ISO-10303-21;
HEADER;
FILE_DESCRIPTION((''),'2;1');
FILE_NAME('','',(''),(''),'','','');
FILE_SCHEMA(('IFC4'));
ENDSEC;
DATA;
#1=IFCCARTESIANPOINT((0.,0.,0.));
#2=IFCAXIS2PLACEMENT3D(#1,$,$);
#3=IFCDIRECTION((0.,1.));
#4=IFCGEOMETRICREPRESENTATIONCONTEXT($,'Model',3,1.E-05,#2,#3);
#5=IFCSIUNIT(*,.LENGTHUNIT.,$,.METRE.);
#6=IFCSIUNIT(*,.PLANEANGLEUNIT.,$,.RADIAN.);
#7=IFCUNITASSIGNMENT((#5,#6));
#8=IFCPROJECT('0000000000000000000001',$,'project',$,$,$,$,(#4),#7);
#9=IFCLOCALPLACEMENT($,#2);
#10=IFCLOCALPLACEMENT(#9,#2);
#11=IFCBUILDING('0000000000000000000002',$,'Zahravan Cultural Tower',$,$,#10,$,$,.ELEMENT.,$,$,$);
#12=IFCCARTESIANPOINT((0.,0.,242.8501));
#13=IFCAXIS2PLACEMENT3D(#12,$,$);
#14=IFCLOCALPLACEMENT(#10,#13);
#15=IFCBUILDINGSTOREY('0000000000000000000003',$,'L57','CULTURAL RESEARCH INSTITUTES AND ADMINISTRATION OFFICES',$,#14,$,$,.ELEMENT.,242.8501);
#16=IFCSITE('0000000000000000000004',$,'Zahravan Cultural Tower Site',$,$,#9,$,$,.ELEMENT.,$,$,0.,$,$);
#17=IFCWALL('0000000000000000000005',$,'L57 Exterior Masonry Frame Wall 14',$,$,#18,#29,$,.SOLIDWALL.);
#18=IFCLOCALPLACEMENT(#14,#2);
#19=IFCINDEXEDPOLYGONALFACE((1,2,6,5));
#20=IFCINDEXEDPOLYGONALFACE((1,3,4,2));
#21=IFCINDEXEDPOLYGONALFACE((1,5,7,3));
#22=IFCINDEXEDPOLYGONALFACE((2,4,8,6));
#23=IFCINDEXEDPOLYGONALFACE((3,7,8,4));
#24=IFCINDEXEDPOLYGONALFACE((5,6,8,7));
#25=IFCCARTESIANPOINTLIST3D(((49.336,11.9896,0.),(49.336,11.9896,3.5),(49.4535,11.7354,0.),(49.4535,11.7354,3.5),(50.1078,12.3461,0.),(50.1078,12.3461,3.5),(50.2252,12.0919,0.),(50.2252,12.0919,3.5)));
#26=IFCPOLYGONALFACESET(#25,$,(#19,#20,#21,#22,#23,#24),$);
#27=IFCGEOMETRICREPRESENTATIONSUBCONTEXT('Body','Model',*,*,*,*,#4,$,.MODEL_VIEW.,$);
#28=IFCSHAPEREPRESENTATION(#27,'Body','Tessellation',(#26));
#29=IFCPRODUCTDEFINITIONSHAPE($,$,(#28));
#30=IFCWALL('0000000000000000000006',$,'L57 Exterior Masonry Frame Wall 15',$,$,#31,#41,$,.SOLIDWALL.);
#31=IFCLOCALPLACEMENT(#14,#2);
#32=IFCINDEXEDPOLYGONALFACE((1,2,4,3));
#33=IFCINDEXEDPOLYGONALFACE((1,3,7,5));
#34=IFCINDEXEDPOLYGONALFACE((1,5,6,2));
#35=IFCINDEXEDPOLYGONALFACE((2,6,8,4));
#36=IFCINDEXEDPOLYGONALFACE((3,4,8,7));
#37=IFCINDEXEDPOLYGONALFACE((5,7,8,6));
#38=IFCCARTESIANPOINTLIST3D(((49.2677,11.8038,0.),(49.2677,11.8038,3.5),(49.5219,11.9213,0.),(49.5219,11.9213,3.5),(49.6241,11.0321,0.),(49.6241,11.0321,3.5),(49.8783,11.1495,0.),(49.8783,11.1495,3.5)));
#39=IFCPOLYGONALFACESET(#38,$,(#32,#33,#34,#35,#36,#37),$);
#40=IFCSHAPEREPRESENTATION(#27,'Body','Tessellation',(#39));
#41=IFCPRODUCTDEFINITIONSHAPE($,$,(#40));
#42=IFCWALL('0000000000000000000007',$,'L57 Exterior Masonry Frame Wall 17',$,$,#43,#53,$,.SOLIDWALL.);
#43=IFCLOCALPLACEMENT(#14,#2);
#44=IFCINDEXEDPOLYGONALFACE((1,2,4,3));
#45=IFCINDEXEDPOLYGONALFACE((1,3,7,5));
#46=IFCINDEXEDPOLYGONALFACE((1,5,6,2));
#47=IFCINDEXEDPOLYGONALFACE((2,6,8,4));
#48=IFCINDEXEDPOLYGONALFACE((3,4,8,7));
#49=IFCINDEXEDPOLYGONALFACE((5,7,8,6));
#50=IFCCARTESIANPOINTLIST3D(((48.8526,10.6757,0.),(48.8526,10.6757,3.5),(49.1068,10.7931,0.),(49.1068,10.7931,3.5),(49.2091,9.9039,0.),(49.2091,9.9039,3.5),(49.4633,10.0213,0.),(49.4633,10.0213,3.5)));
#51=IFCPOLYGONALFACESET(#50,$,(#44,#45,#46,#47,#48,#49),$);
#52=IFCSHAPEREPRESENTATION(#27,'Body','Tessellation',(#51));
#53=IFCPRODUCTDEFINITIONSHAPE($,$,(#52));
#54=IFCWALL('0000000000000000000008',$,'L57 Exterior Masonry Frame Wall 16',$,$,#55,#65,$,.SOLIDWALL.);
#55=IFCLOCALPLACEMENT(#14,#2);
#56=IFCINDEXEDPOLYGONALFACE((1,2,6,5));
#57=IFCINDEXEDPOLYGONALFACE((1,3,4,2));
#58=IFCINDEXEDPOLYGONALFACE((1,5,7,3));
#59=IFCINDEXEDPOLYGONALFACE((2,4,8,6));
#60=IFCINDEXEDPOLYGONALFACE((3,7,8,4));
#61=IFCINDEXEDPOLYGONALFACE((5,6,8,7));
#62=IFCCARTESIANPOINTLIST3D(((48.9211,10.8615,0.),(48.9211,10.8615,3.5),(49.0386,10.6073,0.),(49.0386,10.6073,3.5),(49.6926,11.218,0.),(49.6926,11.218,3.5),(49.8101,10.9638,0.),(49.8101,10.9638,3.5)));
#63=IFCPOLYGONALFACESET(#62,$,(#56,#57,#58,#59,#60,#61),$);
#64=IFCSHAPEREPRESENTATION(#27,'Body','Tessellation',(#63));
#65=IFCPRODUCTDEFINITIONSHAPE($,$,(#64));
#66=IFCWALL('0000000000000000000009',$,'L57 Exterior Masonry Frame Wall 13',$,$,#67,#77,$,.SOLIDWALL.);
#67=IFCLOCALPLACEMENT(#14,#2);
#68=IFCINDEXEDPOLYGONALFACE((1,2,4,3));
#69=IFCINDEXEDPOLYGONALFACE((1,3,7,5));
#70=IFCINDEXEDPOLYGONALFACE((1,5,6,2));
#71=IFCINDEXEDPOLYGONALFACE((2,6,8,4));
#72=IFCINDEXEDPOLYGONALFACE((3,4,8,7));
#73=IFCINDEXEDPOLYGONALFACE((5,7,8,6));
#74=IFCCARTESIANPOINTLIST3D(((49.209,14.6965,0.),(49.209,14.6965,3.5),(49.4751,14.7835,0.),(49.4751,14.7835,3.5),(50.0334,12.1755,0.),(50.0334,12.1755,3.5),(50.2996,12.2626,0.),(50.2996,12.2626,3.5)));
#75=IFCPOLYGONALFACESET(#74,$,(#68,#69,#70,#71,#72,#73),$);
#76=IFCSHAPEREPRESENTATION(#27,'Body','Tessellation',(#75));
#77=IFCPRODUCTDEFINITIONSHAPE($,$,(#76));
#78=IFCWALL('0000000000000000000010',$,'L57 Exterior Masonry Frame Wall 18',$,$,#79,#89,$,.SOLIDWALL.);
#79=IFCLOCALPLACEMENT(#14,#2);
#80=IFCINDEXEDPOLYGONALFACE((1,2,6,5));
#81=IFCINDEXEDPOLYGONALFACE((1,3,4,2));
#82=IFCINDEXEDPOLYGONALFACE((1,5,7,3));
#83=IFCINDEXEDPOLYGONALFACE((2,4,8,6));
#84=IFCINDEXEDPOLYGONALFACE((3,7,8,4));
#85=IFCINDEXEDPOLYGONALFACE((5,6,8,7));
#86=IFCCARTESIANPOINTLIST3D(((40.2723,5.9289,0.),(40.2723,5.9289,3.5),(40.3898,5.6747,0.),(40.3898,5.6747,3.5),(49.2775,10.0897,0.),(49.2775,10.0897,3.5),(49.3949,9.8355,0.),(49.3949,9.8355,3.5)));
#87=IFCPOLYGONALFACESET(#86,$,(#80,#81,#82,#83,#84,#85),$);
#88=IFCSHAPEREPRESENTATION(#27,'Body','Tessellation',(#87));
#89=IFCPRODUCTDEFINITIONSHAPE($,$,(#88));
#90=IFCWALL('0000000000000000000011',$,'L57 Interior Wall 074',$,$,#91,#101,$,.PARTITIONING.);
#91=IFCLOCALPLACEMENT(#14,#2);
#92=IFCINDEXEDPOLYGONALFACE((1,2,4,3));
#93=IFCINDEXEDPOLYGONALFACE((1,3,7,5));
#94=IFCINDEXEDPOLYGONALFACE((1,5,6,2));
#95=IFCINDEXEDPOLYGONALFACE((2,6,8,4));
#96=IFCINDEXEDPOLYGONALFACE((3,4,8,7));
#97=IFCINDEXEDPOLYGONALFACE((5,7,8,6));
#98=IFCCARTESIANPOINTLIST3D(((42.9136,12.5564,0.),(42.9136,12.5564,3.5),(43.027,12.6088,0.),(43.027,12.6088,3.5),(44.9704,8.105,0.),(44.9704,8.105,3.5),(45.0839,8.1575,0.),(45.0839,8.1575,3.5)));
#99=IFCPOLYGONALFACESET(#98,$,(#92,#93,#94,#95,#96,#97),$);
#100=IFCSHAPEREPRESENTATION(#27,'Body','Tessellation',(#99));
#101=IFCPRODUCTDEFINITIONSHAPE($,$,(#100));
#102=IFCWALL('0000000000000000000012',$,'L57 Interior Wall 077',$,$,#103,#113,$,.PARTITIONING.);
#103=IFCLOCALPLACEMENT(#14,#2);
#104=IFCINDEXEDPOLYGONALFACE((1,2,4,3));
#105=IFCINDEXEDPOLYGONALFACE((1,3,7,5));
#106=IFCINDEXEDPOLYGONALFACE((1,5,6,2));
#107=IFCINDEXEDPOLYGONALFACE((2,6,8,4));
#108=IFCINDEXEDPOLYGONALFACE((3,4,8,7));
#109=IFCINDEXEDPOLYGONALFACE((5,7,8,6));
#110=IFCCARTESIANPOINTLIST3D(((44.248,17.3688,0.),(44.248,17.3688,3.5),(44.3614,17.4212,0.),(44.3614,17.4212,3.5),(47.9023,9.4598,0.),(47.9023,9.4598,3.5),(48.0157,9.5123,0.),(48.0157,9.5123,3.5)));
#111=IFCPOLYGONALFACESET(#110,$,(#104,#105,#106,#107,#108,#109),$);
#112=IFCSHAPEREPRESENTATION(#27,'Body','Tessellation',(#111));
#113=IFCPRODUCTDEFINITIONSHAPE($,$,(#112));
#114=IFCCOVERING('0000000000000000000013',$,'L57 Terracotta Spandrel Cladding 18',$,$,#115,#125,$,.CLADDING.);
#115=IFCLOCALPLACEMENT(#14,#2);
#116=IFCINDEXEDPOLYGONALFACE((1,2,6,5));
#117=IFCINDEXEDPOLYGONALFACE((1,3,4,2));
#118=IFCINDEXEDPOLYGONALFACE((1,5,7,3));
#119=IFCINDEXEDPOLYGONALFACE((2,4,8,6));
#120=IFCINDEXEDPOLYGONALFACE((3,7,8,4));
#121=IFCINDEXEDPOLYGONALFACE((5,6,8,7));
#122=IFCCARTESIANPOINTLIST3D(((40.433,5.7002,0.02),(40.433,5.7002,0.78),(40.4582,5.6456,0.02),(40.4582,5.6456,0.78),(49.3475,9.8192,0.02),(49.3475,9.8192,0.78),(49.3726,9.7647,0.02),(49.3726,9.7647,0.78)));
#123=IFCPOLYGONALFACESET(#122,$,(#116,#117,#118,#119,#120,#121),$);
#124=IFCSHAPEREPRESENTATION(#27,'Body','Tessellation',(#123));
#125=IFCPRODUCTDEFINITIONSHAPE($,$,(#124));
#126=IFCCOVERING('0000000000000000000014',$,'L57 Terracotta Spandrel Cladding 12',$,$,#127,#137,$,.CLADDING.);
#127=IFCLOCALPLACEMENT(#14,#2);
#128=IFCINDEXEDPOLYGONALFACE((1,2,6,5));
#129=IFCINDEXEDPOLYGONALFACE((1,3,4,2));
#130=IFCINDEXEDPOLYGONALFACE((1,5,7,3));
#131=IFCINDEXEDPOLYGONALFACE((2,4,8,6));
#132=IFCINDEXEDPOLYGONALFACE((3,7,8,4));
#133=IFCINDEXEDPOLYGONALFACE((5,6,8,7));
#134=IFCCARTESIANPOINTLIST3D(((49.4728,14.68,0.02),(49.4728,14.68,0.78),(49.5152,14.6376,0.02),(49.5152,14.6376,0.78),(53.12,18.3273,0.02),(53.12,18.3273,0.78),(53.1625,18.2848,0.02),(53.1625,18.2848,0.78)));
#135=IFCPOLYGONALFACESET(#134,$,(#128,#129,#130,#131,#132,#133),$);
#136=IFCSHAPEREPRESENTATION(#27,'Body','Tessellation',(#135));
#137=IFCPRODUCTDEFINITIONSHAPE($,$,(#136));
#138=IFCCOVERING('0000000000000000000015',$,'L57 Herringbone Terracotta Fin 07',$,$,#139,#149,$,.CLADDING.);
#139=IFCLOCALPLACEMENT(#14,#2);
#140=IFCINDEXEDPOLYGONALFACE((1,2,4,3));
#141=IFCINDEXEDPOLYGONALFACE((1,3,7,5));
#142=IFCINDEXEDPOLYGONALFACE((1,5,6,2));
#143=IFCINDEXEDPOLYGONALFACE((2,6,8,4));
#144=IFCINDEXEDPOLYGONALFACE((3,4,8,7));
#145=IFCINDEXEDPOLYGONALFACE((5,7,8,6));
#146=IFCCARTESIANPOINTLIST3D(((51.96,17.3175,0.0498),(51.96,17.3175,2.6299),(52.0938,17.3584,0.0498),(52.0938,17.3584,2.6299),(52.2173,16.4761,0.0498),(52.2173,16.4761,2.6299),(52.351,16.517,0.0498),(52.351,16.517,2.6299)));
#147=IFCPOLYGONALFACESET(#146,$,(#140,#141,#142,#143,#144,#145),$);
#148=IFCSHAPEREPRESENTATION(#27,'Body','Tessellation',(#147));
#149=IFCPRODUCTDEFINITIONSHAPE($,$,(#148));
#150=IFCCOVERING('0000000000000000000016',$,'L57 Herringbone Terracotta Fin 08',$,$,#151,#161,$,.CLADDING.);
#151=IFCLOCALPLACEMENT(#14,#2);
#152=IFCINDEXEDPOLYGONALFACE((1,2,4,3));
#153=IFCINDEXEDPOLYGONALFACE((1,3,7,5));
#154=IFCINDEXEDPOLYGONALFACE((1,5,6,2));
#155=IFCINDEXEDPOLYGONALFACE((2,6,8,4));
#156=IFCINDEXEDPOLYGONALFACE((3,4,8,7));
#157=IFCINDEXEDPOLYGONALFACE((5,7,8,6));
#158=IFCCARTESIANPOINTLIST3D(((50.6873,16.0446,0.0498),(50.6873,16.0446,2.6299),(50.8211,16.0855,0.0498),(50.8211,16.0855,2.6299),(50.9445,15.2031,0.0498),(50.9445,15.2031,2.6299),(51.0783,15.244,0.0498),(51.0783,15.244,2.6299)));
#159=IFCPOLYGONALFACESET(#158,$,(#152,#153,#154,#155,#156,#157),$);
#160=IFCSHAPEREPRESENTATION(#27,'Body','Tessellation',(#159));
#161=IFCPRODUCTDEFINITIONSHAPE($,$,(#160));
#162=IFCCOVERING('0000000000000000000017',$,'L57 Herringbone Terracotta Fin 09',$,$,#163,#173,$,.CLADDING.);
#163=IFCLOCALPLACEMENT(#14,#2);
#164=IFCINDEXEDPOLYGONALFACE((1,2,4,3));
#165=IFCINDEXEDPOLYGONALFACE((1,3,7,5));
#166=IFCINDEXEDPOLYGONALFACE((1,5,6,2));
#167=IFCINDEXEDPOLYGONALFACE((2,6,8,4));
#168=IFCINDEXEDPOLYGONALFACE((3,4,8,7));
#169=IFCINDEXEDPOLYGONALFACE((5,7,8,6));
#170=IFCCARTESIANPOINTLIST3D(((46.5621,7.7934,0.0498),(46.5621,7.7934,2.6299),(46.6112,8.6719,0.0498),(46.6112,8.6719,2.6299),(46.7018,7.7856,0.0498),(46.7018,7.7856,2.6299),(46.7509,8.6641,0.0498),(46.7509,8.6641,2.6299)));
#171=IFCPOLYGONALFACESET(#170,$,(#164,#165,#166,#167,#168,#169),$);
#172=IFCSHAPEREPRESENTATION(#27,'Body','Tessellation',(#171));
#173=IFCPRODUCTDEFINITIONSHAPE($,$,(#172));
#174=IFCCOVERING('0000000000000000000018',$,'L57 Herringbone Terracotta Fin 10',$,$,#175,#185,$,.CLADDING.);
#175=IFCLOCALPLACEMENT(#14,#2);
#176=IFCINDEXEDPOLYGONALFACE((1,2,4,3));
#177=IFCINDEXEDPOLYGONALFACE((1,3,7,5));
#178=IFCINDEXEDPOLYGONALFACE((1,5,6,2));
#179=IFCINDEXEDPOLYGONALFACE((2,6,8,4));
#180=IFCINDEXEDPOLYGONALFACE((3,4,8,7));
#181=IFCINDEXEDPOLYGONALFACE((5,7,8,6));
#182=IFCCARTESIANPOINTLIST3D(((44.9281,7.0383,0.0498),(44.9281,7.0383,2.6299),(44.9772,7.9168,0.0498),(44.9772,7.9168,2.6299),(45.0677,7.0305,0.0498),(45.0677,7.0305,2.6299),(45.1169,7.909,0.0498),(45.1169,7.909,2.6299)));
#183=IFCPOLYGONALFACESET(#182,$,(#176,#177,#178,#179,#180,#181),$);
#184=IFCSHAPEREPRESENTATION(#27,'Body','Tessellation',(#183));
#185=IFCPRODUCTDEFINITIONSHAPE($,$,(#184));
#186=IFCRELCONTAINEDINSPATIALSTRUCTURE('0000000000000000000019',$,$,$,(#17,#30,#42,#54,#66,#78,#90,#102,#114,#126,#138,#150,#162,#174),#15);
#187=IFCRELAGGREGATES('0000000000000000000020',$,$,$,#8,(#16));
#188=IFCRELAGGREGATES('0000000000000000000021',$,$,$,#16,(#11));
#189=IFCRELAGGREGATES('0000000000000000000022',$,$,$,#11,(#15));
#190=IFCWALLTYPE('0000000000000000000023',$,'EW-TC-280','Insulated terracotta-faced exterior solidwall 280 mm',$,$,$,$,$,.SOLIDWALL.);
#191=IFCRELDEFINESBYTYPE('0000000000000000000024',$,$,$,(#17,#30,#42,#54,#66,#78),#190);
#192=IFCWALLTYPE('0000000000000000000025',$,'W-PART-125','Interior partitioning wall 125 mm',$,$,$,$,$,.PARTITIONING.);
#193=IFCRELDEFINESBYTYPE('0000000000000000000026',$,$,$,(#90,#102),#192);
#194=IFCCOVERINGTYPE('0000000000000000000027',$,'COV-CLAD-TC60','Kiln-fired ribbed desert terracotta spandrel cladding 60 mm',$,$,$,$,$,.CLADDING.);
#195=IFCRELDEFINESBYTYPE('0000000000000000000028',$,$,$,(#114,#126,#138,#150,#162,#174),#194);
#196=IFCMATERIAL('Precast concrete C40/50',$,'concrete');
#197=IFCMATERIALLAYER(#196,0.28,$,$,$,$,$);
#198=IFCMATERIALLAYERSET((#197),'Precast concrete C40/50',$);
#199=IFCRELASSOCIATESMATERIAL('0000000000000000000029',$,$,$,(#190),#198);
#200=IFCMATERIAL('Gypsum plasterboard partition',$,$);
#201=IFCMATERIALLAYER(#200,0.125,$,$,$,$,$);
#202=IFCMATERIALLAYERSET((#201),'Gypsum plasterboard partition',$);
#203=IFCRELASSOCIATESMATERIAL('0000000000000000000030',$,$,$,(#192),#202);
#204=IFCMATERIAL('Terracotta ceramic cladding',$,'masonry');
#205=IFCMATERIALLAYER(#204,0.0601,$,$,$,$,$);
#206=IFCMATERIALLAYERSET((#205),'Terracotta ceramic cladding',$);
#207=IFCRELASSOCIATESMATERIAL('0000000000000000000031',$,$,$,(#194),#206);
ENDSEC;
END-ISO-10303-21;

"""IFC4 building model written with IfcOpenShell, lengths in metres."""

from ifc_helpers import new_model, si_unit, direction, frame, frame_2d, origin, origin_2d, place, context, subcontext, project, spatial, rectangle, extrude, source, transform, mapped, material, layer, layer_set, type_object, element, save


model = new_model("IFC4")

# Units and contexts
model_context = context("Model", 3, precision=1e-05, world=origin(), true_north=direction((0.0, 1.0)))
body_context = subcontext(model_context, "Body", "Model", "MODEL_VIEW")
ifc_project = project(units=[si_unit("LENGTHUNIT", "METRE"), si_unit("PLANEANGLEUNIT", "RADIAN")], contexts=[model_context])

# Site, building, storey
site_placement = place(None, origin())
site = spatial("IfcSite", under=ifc_project, at=site_placement, Name="Zahravan Cultural Tower Site", CompositionType="ELEMENT", RefElevation=0.0)
building_placement = place(site_placement, origin())
building = spatial("IfcBuilding", under=site, at=building_placement, Name="Zahravan Cultural Tower", CompositionType="ELEMENT")
storey_placement = place(building_placement, frame((0.0, 0.0, 242.8501)))
storey = spatial("IfcBuildingStorey", under=building, at=storey_placement, Name="L57", Description="CULTURAL RESEARCH INSTITUTES AND ADMINISTRATION OFFICES", CompositionType="ELEMENT", Elevation=242.8501)

# Walls
ifc_material_1 = material(Name="Precast concrete C40/50", Category="concrete")
ifc_layer_1 = layer(ifc_material_1, 0.28)
ifc_layer_set_1 = layer_set([ifc_layer_1], Name="Precast concrete C40/50")
wall_type_1 = type_object("IfcWallType", Name="EW-TC-280", Description="Insulated terracotta-faced exterior solidwall 280 mm", PredefinedType="SOLIDWALL", material=ifc_layer_set_1)
shared_shape_1 = source(origin(), body_context, "Body", "SweptSolid", [
    extrude(rectangle(XDim=0.8501, YDim=0.28, at=frame_2d((0.425, 0.0))), origin(), (0.0, 0.0, 1.0), 3.5),
])
for number, where, z_axis, x_axis, name in (
    (1, (50.1665, 12.219, 0.0), (0.0, 0.0, 1.0), (-0.907842, -0.419313, 0.0), "L57 Exterior Masonry Frame Wall 14"),
    (2, (49.3948, 11.8625, 0.0), (0.0, 0.0, 1.0), (0.419313, -0.907842, 0.0), "L57 Exterior Masonry Frame Wall 15"),
    (3, (48.9797, 10.7344, 0.0), (0.0, 0.0, 1.0), (0.419313, -0.907842, 0.0), "L57 Exterior Masonry Frame Wall 17"),
):
    element("IfcWall", number, at=place(storey_placement, frame(where, z_axis=z_axis, x_axis=x_axis)), inside=storey, type_object=wall_type_1, Name=name, PredefinedType="SOLIDWALL", context=body_context, shape_type="MappedRepresentation", body=[
        mapped(shared_shape_1, transform((0.0, 0.0, 0.0), x_axis=(1.0, 0.0, 0.0), y_axis=(0.0, 1.0, 0.0), z_axis=(0.0, 0.0, 1.0), scale=1.0)),
    ])
shared_shape_2 = source(origin(), body_context, "Body", "SweptSolid", [
    extrude(rectangle(XDim=0.8499, YDim=0.28, at=frame_2d((0.4248, 0.0))), origin(), (0.0, 0.0, 1.0), 3.5),
])
wall_1_placement = place(storey_placement, frame((49.7512, 11.0908, 0.0), z_axis=(0.0, 0.0, 1.0), x_axis=(-0.907791, -0.419422, 0.0)))
element("IfcWall", 4, at=wall_1_placement, inside=storey, type_object=wall_type_1, Name="L57 Exterior Masonry Frame Wall 16", PredefinedType="SOLIDWALL", context=body_context, shape_type="MappedRepresentation", body=[
    mapped(shared_shape_2, transform((0.0, 0.0, 0.0), x_axis=(1.0, 0.0, 0.0), y_axis=(0.0, 1.0, 0.0), z_axis=(0.0, 0.0, 1.0), scale=1.0)),
])
shared_shape_3 = source(origin(), body_context, "Body", "SweptSolid", [
    extrude(rectangle(XDim=2.6523, YDim=0.28, at=frame_2d((1.3262, 0.0))), origin(), (0.0, 0.0, 1.0), 3.5),
])
wall_2_placement = place(storey_placement, frame((49.342, 14.74, 0.0), z_axis=(0.0, 0.0, 1.0), x_axis=(0.310838, -0.950463, 0.0)))
element("IfcWall", 5, at=wall_2_placement, inside=storey, type_object=wall_type_1, Name="L57 Exterior Masonry Frame Wall 13", PredefinedType="SOLIDWALL", context=body_context, shape_type="MappedRepresentation", body=[
    mapped(shared_shape_3, transform((0.0, 0.0, 0.0), x_axis=(1.0, 0.0, 0.0), y_axis=(0.0, 1.0, 0.0), z_axis=(0.0, 0.0, 1.0), scale=1.0)),
])
shared_shape_4 = source(origin(), body_context, "Body", "SweptSolid", [
    extrude(rectangle(XDim=9.9199, YDim=0.28, at=frame_2d((4.96, 0.0))), origin(), (0.0, 0.0, 1.0), 3.5),
])
wall_3_placement = place(storey_placement, frame((49.3362, 9.9626, 0.0), z_axis=(0.0, 0.0, 1.0), x_axis=(-0.90778, -0.419447, 0.0)))
element("IfcWall", 6, at=wall_3_placement, inside=storey, type_object=wall_type_1, Name="L57 Exterior Masonry Frame Wall 18", PredefinedType="SOLIDWALL", context=body_context, shape_type="MappedRepresentation", body=[
    mapped(shared_shape_4, transform((0.0, 0.0, 0.0), x_axis=(1.0, 0.0, 0.0), y_axis=(0.0, 1.0, 0.0), z_axis=(0.0, 0.0, 1.0), scale=1.0)),
])
ifc_material_2 = material(Name="Gypsum plasterboard partition")
ifc_layer_2 = layer(ifc_material_2, 0.125)
ifc_layer_set_2 = layer_set([ifc_layer_2], Name="Gypsum plasterboard partition")
wall_type_2 = type_object("IfcWallType", Name="W-PART-125", Description="Interior partitioning wall 125 mm", PredefinedType="PARTITIONING", material=ifc_layer_set_2)
shared_shape_5 = source(origin(), body_context, "Body", "SweptSolid", [
    extrude(rectangle(XDim=4.9036, YDim=0.125, at=frame_2d((2.4517, 0.0))), origin(), (0.0, 0.0, 1.0), 3.5),
])
wall_4_placement = place(storey_placement, frame((45.0271, 8.1313, 0.0), z_axis=(0.0, 0.0, 1.0), x_axis=(-0.419459, 0.907774, 0.0)))
element("IfcWall", 7, at=wall_4_placement, inside=storey, type_object=wall_type_2, Name="L57 Interior Wall 074", PredefinedType="PARTITIONING", context=body_context, shape_type="MappedRepresentation", body=[
    mapped(shared_shape_5, transform((0.0, 0.0, 0.0), x_axis=(1.0, 0.0, 0.0), y_axis=(0.0, 1.0, 0.0), z_axis=(0.0, 0.0, 1.0), scale=1.0)),
])
shared_shape_6 = source(origin(), body_context, "Body", "SweptSolid", [
    extrude(rectangle(XDim=8.7124, YDim=0.125, at=frame_2d((4.3562, 0.0))), origin(), (0.0, 0.0, 1.0), 3.5),
])
wall_5_placement = place(storey_placement, frame((44.3047, 17.395, 0.0), z_axis=(0.0, 0.0, 1.0), x_axis=(0.419438, -0.907784, 0.0)))
element("IfcWall", 8, at=wall_5_placement, inside=storey, type_object=wall_type_2, Name="L57 Interior Wall 077", PredefinedType="PARTITIONING", context=body_context, shape_type="MappedRepresentation", body=[
    mapped(shared_shape_6, transform((0.0, 0.0, 0.0), x_axis=(1.0, 0.0, 0.0), y_axis=(0.0, 1.0, 0.0), z_axis=(0.0, 0.0, 1.0), scale=1.0)),
])

# Coverings
ifc_material_3 = material(Name="Terracotta ceramic cladding", Category="masonry")
ifc_layer_3 = layer(ifc_material_3, 0.0601)
ifc_layer_set_3 = layer_set([ifc_layer_3], Name="Terracotta ceramic cladding")
covering_type = type_object("IfcCoveringType", Name="COV-CLAD-TC60", Description="Kiln-fired ribbed desert terracotta spandrel cladding 60 mm", PredefinedType="CLADDING", material=ifc_layer_set_3)
shared_shape_7 = source(origin(), body_context, "Body", "SweptSolid", [
    extrude(rectangle(XDim=9.8201, YDim=0.0601, at=origin_2d()), origin(), (0.0, 0.0, 1.0), 0.76),
])
covering_1_placement = place(storey_placement, frame((44.9028, 7.7324, 0.02), z_axis=(0.0, 0.0, 1.0), x_axis=(-0.907777, -0.419452, 0.0)))
element("IfcCovering", 9, at=covering_1_placement, inside=storey, type_object=covering_type, Name="L57 Terracotta Spandrel Cladding 18", PredefinedType="CLADDING", context=body_context, shape_type="MappedRepresentation", body=[
    mapped(shared_shape_7, transform((0.0, 0.0, 0.0), x_axis=(1.0, 0.0, 0.0), y_axis=(0.0, 1.0, 0.0), z_axis=(0.0, 0.0, 1.0), scale=1.0)),
])
shared_shape_8 = source(origin(), body_context, "Body", "SweptSolid", [
    extrude(rectangle(XDim=5.158, YDim=0.0601, at=origin_2d()), origin(), (0.0, 0.0, 1.0), 0.76),
])
covering_2_placement = place(storey_placement, frame((51.3176, 16.4824, 0.02), z_axis=(0.0, 0.0, 1.0), x_axis=(-0.707107, -0.707107, 0.0)))
element("IfcCovering", 10, at=covering_2_placement, inside=storey, type_object=covering_type, Name="L57 Terracotta Spandrel Cladding 12", PredefinedType="CLADDING", context=body_context, shape_type="MappedRepresentation", body=[
    mapped(shared_shape_8, transform((0.0, 0.0, 0.0), x_axis=(1.0, 0.0, 0.0), y_axis=(0.0, 1.0, 0.0), z_axis=(0.0, 0.0, 1.0), scale=1.0)),
])
shared_shape_9 = source(origin(), body_context, "Body", "SweptSolid", [
    extrude(rectangle(XDim=0.8799, YDim=0.1399, at=origin_2d()), origin(), (0.0, 0.0, 1.0), 2.5801),
])
for number, where, z_axis, x_axis, name in (
    (11, (52.1555, 16.9172, 0.0498), (0.0, 0.0, 1.0), (0.292372, -0.956305, 0.0), "L57 Herringbone Terracotta Fin 07"),
    (12, (50.8828, 15.6443, 0.0498), (0.0, 0.0, 1.0), (0.292372, -0.956305, 0.0), "L57 Herringbone Terracotta Fin 08"),
    (13, (46.6565, 8.2288, 0.0498), (0.0, 0.0, 1.0), (-0.055822, -0.998441, 0.0), "L57 Herringbone Terracotta Fin 09"),
    (14, (45.0225, 7.4736, 0.0498), (0.0, 0.0, 1.0), (-0.055822, -0.998441, 0.0), "L57 Herringbone Terracotta Fin 10"),
):
    element("IfcCovering", number, at=place(storey_placement, frame(where, z_axis=z_axis, x_axis=x_axis)), inside=storey, type_object=covering_type, Name=name, PredefinedType="CLADDING", context=body_context, shape_type="MappedRepresentation", body=[
        mapped(shared_shape_9, transform((0.0, 0.0, 0.0), x_axis=(1.0, 0.0, 0.0), y_axis=(0.0, 1.0, 0.0), z_axis=(0.0, 0.0, 1.0), scale=1.0)),
    ])

save(model, "model.ifc")
